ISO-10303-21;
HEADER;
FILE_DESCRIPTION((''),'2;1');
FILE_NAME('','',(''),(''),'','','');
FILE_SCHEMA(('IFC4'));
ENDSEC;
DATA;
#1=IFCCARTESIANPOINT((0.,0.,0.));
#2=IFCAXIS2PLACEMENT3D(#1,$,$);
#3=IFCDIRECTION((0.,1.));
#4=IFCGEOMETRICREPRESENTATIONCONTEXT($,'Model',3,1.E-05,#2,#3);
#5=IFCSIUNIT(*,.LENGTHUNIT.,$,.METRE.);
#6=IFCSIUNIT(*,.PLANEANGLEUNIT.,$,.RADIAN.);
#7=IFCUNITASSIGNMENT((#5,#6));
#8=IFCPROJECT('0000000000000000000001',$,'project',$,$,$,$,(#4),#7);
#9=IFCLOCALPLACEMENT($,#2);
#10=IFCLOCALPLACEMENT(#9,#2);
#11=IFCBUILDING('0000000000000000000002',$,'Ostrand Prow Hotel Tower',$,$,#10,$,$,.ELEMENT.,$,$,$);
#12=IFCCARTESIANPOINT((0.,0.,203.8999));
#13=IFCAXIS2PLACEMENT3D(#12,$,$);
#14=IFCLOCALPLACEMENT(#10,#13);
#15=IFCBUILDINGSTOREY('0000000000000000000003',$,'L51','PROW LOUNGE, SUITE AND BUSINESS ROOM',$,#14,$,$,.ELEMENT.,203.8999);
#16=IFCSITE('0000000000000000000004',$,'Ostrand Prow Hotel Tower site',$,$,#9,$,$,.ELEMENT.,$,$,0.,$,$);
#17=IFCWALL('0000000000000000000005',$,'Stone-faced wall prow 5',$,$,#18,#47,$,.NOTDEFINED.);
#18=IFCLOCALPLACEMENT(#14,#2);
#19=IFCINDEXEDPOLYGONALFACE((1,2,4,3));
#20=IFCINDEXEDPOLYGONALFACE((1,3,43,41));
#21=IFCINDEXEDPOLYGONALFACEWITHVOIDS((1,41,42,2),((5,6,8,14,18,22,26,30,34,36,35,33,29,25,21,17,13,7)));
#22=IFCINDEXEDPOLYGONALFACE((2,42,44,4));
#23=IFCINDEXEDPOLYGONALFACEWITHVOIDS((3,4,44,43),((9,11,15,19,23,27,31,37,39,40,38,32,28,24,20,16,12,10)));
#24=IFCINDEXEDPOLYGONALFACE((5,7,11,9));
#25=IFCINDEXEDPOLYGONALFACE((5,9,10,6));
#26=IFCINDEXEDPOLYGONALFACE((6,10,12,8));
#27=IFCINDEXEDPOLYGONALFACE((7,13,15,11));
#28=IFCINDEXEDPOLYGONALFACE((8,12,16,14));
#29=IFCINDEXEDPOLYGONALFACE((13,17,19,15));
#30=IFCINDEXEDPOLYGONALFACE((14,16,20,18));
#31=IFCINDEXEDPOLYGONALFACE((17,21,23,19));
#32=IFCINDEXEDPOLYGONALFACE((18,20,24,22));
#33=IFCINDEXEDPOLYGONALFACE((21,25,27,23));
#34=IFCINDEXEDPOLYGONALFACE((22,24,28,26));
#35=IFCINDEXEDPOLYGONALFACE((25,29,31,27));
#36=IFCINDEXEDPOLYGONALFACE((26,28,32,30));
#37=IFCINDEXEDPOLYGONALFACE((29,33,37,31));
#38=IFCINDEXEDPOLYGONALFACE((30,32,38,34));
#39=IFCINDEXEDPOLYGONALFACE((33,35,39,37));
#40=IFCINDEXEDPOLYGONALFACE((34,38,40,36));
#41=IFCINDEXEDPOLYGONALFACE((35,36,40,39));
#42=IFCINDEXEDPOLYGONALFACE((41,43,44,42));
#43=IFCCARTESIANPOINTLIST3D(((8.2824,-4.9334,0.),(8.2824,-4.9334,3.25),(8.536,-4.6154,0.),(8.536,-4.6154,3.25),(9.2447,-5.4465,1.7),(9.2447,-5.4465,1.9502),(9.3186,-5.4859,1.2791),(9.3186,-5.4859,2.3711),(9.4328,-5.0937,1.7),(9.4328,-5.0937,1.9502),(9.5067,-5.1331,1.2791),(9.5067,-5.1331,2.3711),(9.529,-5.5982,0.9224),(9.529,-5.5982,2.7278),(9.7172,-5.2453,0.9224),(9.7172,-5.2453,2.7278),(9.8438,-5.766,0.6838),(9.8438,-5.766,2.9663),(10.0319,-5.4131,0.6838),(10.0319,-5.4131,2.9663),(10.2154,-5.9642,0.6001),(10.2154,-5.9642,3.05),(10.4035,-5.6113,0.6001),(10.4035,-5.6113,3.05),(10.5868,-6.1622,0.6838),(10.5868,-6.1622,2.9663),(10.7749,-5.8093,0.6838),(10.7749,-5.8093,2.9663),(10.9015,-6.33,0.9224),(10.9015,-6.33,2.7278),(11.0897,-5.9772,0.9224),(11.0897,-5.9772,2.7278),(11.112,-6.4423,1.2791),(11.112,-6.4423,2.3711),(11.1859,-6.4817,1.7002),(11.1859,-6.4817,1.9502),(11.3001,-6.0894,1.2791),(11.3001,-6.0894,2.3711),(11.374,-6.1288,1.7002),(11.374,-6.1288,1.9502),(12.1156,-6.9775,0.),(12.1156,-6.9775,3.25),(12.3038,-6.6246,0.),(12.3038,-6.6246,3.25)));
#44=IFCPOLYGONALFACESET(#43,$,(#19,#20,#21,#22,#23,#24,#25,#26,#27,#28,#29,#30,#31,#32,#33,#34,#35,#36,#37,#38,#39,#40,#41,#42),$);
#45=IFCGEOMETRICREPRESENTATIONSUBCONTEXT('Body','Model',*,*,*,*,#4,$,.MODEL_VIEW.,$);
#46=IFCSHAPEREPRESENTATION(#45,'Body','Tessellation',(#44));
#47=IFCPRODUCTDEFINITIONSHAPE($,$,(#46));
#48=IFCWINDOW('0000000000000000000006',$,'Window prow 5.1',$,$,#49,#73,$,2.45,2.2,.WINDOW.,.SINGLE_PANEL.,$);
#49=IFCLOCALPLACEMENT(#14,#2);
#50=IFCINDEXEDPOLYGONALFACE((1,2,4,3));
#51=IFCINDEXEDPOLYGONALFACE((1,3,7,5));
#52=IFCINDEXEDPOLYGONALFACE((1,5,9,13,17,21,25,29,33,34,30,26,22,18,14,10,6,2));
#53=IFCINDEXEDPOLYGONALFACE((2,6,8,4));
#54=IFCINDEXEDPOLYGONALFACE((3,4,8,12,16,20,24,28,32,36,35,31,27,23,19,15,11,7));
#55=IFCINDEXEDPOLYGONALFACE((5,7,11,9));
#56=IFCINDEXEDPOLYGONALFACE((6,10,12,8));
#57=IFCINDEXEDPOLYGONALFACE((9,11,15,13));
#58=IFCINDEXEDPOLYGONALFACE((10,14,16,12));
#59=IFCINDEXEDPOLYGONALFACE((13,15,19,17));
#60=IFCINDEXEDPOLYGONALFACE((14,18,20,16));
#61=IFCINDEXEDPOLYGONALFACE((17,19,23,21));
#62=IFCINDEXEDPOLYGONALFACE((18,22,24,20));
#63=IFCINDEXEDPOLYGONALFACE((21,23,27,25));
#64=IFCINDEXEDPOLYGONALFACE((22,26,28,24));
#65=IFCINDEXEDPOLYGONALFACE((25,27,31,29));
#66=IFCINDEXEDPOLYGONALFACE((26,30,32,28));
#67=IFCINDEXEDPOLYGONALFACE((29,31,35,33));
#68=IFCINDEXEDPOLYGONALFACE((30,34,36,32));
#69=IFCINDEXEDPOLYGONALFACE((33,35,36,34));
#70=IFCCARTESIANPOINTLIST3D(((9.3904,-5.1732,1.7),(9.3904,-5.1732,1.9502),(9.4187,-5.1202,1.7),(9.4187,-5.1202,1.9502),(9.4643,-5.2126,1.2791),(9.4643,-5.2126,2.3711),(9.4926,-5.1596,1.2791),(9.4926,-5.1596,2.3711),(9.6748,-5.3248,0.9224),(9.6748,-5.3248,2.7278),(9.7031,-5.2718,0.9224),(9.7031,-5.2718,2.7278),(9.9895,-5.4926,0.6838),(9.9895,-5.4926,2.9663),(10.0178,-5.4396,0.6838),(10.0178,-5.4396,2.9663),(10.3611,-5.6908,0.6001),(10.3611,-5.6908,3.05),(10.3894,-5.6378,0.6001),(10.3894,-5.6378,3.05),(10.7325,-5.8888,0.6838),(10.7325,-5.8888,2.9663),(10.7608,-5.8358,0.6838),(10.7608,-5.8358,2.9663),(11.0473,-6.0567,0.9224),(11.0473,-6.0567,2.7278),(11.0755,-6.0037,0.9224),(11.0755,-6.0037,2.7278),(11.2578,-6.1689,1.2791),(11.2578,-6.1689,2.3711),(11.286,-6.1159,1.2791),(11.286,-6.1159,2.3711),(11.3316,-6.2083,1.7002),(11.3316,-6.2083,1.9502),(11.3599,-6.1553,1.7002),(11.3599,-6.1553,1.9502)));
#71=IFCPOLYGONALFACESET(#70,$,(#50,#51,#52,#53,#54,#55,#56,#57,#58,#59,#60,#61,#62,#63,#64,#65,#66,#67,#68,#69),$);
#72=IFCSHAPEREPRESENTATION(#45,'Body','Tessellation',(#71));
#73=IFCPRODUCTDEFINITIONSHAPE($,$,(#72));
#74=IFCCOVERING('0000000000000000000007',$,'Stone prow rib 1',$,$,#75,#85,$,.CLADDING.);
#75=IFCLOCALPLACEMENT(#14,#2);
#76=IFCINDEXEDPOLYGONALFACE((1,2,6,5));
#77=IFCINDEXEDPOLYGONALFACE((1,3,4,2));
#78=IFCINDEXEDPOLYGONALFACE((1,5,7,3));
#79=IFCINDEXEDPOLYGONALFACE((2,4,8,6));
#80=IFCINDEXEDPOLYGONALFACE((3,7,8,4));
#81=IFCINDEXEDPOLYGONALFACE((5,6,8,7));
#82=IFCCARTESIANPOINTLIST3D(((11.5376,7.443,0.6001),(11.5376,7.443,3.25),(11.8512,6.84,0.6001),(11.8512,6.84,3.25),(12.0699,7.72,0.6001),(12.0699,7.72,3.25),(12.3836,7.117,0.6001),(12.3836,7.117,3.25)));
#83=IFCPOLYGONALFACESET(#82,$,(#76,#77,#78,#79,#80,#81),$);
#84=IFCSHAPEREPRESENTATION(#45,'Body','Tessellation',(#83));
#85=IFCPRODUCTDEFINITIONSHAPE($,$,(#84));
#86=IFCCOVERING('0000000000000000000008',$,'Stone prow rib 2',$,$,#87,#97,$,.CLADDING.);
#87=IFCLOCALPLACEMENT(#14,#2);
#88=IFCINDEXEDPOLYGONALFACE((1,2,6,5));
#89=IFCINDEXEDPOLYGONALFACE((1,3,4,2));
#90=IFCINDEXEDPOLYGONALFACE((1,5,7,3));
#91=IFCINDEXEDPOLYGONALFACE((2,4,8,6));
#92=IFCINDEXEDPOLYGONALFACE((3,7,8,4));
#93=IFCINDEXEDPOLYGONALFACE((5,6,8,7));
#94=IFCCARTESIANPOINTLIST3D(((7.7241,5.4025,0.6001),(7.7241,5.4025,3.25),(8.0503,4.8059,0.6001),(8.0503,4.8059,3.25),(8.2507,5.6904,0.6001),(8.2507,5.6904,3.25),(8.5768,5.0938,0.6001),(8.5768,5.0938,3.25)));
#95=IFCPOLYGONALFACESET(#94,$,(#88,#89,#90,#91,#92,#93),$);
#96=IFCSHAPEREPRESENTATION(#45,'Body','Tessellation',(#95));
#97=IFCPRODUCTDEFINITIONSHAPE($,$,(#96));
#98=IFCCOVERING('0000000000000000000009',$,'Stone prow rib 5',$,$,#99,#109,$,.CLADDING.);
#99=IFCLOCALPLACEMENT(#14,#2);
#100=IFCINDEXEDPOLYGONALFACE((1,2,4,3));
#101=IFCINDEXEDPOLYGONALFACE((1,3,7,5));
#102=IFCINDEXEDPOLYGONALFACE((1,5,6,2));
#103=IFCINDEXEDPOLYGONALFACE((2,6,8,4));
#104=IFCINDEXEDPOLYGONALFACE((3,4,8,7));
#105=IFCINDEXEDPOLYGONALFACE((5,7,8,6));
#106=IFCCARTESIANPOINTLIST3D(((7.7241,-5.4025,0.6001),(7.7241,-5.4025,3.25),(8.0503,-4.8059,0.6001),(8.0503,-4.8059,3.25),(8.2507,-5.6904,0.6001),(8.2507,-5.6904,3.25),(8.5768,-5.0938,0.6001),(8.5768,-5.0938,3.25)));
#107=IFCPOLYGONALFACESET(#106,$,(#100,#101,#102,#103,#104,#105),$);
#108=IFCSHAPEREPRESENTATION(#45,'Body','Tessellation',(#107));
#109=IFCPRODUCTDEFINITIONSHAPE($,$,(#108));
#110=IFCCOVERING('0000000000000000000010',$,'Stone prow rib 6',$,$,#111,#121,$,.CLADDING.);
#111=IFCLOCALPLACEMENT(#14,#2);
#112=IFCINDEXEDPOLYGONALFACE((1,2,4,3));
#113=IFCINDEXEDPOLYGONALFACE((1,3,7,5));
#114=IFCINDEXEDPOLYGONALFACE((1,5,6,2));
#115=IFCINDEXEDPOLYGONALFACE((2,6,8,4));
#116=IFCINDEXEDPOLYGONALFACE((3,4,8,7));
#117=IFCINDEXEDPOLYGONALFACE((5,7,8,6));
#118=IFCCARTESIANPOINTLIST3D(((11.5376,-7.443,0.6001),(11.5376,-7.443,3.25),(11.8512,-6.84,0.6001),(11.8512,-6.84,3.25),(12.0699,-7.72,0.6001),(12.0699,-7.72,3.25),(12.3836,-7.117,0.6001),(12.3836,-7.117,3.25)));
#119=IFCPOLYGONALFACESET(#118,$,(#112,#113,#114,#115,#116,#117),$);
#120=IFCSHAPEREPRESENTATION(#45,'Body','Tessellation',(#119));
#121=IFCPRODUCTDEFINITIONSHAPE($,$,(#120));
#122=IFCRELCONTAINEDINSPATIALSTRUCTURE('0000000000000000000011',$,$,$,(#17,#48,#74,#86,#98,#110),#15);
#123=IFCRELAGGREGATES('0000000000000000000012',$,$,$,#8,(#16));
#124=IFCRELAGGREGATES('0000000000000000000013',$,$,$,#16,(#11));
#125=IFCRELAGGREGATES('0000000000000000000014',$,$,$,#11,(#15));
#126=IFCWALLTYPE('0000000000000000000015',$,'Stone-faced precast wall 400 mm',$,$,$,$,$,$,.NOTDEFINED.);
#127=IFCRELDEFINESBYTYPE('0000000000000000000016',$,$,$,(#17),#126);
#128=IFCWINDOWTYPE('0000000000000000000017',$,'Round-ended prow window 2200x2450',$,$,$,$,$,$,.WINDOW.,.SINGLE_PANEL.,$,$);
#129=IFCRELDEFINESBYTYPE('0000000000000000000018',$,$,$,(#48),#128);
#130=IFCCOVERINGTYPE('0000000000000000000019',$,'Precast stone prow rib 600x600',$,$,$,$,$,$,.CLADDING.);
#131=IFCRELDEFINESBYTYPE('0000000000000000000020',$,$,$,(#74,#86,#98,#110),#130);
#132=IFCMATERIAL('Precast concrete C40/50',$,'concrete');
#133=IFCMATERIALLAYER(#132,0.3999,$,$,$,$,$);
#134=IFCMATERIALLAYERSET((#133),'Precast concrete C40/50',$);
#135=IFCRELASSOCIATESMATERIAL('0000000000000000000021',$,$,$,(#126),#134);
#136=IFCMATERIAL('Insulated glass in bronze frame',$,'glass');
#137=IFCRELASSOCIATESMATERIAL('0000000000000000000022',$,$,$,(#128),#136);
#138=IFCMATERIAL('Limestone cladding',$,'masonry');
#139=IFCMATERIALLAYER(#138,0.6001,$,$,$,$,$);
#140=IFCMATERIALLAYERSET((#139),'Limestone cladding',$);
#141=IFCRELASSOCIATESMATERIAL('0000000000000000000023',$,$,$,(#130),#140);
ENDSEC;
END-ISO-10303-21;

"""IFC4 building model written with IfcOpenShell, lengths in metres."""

from ifc_helpers import new_model, si_unit, direction, frame, frame_2d, origin, place, context, subcontext, project, spatial, polyline, rectangle, outline, extrude, material, layer, layer_set, type_object, element, fill, save


model = new_model("IFC4")

# Units and contexts
model_context = context("Model", 3, precision=1e-05, world=origin(), true_north=direction((0.0, 1.0)))
body_context = subcontext(model_context, "Body", "Model", "MODEL_VIEW")
ifc_project = project(units=[si_unit("LENGTHUNIT", "METRE"), si_unit("PLANEANGLEUNIT", "RADIAN")], contexts=[model_context])

# Site, building, storey
site_placement = place(None, origin())
site = spatial("IfcSite", under=ifc_project, at=site_placement, Name="Ostrand Prow Hotel Tower site", CompositionType="ELEMENT", RefElevation=0.0)
building_placement = place(site_placement, origin())
building = spatial("IfcBuilding", under=site, at=building_placement, Name="Ostrand Prow Hotel Tower", CompositionType="ELEMENT")
storey_placement = place(building_placement, frame((0.0, 0.0, 203.8999)))
storey = spatial("IfcBuildingStorey", under=building, at=storey_placement, Name="L51", Description="PROW LOUNGE, SUITE AND BUSINESS ROOM", CompositionType="ELEMENT", Elevation=203.8999)

# Wall, opening, window
ifc_material_1 = material(Name="Precast concrete C40/50", Category="concrete")
ifc_layer_1 = layer(ifc_material_1, 0.3999)
ifc_layer_set_1 = layer_set([ifc_layer_1], Name="Precast concrete C40/50")
wall_type = type_object("IfcWallType", Name="Stone-faced precast wall 400 mm", PredefinedType="NOTDEFINED", material=ifc_layer_set_1)
ifc_material_2 = material(Name="Insulated glass in bronze frame", Category="glass")
window_type = type_object("IfcWindowType", Name="Round-ended prow window 2200x2450", PartitioningType="SINGLE_PANEL", PredefinedType="WINDOW", material=ifc_material_2)
wall_1_placement = place(storey_placement, frame((8.4092, -4.7744, 0.0), z_axis=(0.0, 0.0, 1.0), x_axis=(0.882386, -0.470526, 0.0)))
wall_1 = element("IfcWall", 1, at=wall_1_placement, inside=storey, type_object=wall_type, Name="Stone-faced wall prow 5", PredefinedType="NOTDEFINED", context=body_context, shape_type="SweptSolid", body=[
    extrude(outline(polyline([(-0.0371, -0.2), (4.3071, -0.2), (4.3071, 0.2), (0.0371, 0.2), (-0.0371, -0.2)])), origin(), (0.0, 0.0, 1.0), 3.25),
])
opening_1_placement = place(wall_1_placement, frame((1.0535, 0.0, 0.6001)))
opening_1 = element("IfcOpeningElement", 2, at=opening_1_placement, cuts=wall_1, PredefinedType="OPENING", context=body_context, shape_type="SweptSolid", body=[
    extrude(outline(polyline([(0.0, 1.3501), (0.0837, 1.771), (0.3223, 2.1277), (0.679, 2.3662), (1.1001, 2.45), (1.521, 2.3662), (1.8777, 2.1277), (2.1162, 1.771), (2.2, 1.3501), (2.2, 1.1001), (2.1162, 0.679), (1.8777, 0.3223), (1.521, 0.0837), (1.1001, 0.0), (0.679, 0.0837), (0.3223, 0.3223), (0.0837, 0.679), (0.0, 1.0999), (0.0, 1.3501)])), frame((0.0, 0.21, 0.0), z_axis=(0.0, -1.0, 0.0), x_axis=(1.0, 0.0, 0.0)), (0.0, 0.0, 1.0), 0.4199),
])
window_1_placement = place(opening_1_placement, origin())
window_1 = element("IfcWindow", 3, at=window_1_placement, inside=storey, type_object=window_type, Name="Window prow 5.1", OverallHeight=2.45, OverallWidth=2.2, PartitioningType="SINGLE_PANEL", PredefinedType="WINDOW", context=body_context, shape_type="SweptSolid", body=[
    extrude(outline(polyline([(0.0, 1.3501), (0.0837, 1.771), (0.3223, 2.1277), (0.679, 2.3662), (1.1001, 2.45), (1.521, 2.3662), (1.8777, 2.1277), (2.1162, 1.771), (2.2, 1.3501), (2.2, 1.1001), (2.1162, 0.679), (1.8777, 0.3223), (1.521, 0.0837), (1.1001, 0.0), (0.679, 0.0837), (0.3223, 0.3223), (0.0837, 0.679), (0.0, 1.0999), (0.0, 1.3501)])), frame((0.0, 0.1699, 0.0), z_axis=(0.0, -1.0, 0.0), x_axis=(1.0, 0.0, 0.0)), (0.0, 0.0, 1.0), 0.0601),
])
fill(opening_1, window_1)

# Coverings
ifc_material_3 = material(Name="Limestone cladding", Category="masonry")
ifc_layer_2 = layer(ifc_material_3, 0.6001)
ifc_layer_set_2 = layer_set([ifc_layer_2], Name="Limestone cladding")
covering_type = type_object("IfcCoveringType", Name="Precast stone prow rib 600x600", PredefinedType="CLADDING", material=ifc_layer_set_2)
covering_1_placement = place(storey_placement, frame((12.1174, 6.9785, 0.6001), z_axis=(0.0, 0.0, 1.0), x_axis=(-0.461522, 0.887129, 0.0)))
element("IfcCovering", 4, at=covering_1_placement, inside=storey, type_object=covering_type, Name="Stone prow rib 1", PredefinedType="CLADDING", context=body_context, shape_type="SweptSolid", body=[
    extrude(rectangle(XDim=0.6797, YDim=0.6001, at=frame_2d((0.3398, 0.0))), origin(), (0.0, 0.0, 1.0), 2.6499),
])
for number, where, z_axis, x_axis, name in (
    (5, (8.3135, 4.95, 0.6001), (0.0, 0.0, 1.0), (-0.479657, 0.877456, 0.0), "Stone prow rib 2"),
    (6, (8.3135, -4.95, 0.6001), (0.0, 0.0, 1.0), (-0.479657, -0.877456, 0.0), "Stone prow rib 5"),
):
    element("IfcCovering", number, at=place(storey_placement, frame(where, z_axis=z_axis, x_axis=x_axis)), inside=storey, type_object=covering_type, Name=name, PredefinedType="CLADDING", context=body_context, shape_type="SweptSolid", body=[
        extrude(rectangle(XDim=0.6799, YDim=0.6001, at=frame_2d((0.3398, 0.0))), origin(), (0.0, 0.0, 1.0), 2.6499),
    ])
covering_2_placement = place(storey_placement, frame((12.1174, -6.9785, 0.6001), z_axis=(0.0, 0.0, 1.0), x_axis=(-0.461522, -0.887129, 0.0)))
element("IfcCovering", 7, at=covering_2_placement, inside=storey, type_object=covering_type, Name="Stone prow rib 6", PredefinedType="CLADDING", context=body_context, shape_type="SweptSolid", body=[
    extrude(rectangle(XDim=0.6797, YDim=0.6001, at=frame_2d((0.3398, 0.0))), origin(), (0.0, 0.0, 1.0), 2.6499),
])

save(model, "model.ifc")
